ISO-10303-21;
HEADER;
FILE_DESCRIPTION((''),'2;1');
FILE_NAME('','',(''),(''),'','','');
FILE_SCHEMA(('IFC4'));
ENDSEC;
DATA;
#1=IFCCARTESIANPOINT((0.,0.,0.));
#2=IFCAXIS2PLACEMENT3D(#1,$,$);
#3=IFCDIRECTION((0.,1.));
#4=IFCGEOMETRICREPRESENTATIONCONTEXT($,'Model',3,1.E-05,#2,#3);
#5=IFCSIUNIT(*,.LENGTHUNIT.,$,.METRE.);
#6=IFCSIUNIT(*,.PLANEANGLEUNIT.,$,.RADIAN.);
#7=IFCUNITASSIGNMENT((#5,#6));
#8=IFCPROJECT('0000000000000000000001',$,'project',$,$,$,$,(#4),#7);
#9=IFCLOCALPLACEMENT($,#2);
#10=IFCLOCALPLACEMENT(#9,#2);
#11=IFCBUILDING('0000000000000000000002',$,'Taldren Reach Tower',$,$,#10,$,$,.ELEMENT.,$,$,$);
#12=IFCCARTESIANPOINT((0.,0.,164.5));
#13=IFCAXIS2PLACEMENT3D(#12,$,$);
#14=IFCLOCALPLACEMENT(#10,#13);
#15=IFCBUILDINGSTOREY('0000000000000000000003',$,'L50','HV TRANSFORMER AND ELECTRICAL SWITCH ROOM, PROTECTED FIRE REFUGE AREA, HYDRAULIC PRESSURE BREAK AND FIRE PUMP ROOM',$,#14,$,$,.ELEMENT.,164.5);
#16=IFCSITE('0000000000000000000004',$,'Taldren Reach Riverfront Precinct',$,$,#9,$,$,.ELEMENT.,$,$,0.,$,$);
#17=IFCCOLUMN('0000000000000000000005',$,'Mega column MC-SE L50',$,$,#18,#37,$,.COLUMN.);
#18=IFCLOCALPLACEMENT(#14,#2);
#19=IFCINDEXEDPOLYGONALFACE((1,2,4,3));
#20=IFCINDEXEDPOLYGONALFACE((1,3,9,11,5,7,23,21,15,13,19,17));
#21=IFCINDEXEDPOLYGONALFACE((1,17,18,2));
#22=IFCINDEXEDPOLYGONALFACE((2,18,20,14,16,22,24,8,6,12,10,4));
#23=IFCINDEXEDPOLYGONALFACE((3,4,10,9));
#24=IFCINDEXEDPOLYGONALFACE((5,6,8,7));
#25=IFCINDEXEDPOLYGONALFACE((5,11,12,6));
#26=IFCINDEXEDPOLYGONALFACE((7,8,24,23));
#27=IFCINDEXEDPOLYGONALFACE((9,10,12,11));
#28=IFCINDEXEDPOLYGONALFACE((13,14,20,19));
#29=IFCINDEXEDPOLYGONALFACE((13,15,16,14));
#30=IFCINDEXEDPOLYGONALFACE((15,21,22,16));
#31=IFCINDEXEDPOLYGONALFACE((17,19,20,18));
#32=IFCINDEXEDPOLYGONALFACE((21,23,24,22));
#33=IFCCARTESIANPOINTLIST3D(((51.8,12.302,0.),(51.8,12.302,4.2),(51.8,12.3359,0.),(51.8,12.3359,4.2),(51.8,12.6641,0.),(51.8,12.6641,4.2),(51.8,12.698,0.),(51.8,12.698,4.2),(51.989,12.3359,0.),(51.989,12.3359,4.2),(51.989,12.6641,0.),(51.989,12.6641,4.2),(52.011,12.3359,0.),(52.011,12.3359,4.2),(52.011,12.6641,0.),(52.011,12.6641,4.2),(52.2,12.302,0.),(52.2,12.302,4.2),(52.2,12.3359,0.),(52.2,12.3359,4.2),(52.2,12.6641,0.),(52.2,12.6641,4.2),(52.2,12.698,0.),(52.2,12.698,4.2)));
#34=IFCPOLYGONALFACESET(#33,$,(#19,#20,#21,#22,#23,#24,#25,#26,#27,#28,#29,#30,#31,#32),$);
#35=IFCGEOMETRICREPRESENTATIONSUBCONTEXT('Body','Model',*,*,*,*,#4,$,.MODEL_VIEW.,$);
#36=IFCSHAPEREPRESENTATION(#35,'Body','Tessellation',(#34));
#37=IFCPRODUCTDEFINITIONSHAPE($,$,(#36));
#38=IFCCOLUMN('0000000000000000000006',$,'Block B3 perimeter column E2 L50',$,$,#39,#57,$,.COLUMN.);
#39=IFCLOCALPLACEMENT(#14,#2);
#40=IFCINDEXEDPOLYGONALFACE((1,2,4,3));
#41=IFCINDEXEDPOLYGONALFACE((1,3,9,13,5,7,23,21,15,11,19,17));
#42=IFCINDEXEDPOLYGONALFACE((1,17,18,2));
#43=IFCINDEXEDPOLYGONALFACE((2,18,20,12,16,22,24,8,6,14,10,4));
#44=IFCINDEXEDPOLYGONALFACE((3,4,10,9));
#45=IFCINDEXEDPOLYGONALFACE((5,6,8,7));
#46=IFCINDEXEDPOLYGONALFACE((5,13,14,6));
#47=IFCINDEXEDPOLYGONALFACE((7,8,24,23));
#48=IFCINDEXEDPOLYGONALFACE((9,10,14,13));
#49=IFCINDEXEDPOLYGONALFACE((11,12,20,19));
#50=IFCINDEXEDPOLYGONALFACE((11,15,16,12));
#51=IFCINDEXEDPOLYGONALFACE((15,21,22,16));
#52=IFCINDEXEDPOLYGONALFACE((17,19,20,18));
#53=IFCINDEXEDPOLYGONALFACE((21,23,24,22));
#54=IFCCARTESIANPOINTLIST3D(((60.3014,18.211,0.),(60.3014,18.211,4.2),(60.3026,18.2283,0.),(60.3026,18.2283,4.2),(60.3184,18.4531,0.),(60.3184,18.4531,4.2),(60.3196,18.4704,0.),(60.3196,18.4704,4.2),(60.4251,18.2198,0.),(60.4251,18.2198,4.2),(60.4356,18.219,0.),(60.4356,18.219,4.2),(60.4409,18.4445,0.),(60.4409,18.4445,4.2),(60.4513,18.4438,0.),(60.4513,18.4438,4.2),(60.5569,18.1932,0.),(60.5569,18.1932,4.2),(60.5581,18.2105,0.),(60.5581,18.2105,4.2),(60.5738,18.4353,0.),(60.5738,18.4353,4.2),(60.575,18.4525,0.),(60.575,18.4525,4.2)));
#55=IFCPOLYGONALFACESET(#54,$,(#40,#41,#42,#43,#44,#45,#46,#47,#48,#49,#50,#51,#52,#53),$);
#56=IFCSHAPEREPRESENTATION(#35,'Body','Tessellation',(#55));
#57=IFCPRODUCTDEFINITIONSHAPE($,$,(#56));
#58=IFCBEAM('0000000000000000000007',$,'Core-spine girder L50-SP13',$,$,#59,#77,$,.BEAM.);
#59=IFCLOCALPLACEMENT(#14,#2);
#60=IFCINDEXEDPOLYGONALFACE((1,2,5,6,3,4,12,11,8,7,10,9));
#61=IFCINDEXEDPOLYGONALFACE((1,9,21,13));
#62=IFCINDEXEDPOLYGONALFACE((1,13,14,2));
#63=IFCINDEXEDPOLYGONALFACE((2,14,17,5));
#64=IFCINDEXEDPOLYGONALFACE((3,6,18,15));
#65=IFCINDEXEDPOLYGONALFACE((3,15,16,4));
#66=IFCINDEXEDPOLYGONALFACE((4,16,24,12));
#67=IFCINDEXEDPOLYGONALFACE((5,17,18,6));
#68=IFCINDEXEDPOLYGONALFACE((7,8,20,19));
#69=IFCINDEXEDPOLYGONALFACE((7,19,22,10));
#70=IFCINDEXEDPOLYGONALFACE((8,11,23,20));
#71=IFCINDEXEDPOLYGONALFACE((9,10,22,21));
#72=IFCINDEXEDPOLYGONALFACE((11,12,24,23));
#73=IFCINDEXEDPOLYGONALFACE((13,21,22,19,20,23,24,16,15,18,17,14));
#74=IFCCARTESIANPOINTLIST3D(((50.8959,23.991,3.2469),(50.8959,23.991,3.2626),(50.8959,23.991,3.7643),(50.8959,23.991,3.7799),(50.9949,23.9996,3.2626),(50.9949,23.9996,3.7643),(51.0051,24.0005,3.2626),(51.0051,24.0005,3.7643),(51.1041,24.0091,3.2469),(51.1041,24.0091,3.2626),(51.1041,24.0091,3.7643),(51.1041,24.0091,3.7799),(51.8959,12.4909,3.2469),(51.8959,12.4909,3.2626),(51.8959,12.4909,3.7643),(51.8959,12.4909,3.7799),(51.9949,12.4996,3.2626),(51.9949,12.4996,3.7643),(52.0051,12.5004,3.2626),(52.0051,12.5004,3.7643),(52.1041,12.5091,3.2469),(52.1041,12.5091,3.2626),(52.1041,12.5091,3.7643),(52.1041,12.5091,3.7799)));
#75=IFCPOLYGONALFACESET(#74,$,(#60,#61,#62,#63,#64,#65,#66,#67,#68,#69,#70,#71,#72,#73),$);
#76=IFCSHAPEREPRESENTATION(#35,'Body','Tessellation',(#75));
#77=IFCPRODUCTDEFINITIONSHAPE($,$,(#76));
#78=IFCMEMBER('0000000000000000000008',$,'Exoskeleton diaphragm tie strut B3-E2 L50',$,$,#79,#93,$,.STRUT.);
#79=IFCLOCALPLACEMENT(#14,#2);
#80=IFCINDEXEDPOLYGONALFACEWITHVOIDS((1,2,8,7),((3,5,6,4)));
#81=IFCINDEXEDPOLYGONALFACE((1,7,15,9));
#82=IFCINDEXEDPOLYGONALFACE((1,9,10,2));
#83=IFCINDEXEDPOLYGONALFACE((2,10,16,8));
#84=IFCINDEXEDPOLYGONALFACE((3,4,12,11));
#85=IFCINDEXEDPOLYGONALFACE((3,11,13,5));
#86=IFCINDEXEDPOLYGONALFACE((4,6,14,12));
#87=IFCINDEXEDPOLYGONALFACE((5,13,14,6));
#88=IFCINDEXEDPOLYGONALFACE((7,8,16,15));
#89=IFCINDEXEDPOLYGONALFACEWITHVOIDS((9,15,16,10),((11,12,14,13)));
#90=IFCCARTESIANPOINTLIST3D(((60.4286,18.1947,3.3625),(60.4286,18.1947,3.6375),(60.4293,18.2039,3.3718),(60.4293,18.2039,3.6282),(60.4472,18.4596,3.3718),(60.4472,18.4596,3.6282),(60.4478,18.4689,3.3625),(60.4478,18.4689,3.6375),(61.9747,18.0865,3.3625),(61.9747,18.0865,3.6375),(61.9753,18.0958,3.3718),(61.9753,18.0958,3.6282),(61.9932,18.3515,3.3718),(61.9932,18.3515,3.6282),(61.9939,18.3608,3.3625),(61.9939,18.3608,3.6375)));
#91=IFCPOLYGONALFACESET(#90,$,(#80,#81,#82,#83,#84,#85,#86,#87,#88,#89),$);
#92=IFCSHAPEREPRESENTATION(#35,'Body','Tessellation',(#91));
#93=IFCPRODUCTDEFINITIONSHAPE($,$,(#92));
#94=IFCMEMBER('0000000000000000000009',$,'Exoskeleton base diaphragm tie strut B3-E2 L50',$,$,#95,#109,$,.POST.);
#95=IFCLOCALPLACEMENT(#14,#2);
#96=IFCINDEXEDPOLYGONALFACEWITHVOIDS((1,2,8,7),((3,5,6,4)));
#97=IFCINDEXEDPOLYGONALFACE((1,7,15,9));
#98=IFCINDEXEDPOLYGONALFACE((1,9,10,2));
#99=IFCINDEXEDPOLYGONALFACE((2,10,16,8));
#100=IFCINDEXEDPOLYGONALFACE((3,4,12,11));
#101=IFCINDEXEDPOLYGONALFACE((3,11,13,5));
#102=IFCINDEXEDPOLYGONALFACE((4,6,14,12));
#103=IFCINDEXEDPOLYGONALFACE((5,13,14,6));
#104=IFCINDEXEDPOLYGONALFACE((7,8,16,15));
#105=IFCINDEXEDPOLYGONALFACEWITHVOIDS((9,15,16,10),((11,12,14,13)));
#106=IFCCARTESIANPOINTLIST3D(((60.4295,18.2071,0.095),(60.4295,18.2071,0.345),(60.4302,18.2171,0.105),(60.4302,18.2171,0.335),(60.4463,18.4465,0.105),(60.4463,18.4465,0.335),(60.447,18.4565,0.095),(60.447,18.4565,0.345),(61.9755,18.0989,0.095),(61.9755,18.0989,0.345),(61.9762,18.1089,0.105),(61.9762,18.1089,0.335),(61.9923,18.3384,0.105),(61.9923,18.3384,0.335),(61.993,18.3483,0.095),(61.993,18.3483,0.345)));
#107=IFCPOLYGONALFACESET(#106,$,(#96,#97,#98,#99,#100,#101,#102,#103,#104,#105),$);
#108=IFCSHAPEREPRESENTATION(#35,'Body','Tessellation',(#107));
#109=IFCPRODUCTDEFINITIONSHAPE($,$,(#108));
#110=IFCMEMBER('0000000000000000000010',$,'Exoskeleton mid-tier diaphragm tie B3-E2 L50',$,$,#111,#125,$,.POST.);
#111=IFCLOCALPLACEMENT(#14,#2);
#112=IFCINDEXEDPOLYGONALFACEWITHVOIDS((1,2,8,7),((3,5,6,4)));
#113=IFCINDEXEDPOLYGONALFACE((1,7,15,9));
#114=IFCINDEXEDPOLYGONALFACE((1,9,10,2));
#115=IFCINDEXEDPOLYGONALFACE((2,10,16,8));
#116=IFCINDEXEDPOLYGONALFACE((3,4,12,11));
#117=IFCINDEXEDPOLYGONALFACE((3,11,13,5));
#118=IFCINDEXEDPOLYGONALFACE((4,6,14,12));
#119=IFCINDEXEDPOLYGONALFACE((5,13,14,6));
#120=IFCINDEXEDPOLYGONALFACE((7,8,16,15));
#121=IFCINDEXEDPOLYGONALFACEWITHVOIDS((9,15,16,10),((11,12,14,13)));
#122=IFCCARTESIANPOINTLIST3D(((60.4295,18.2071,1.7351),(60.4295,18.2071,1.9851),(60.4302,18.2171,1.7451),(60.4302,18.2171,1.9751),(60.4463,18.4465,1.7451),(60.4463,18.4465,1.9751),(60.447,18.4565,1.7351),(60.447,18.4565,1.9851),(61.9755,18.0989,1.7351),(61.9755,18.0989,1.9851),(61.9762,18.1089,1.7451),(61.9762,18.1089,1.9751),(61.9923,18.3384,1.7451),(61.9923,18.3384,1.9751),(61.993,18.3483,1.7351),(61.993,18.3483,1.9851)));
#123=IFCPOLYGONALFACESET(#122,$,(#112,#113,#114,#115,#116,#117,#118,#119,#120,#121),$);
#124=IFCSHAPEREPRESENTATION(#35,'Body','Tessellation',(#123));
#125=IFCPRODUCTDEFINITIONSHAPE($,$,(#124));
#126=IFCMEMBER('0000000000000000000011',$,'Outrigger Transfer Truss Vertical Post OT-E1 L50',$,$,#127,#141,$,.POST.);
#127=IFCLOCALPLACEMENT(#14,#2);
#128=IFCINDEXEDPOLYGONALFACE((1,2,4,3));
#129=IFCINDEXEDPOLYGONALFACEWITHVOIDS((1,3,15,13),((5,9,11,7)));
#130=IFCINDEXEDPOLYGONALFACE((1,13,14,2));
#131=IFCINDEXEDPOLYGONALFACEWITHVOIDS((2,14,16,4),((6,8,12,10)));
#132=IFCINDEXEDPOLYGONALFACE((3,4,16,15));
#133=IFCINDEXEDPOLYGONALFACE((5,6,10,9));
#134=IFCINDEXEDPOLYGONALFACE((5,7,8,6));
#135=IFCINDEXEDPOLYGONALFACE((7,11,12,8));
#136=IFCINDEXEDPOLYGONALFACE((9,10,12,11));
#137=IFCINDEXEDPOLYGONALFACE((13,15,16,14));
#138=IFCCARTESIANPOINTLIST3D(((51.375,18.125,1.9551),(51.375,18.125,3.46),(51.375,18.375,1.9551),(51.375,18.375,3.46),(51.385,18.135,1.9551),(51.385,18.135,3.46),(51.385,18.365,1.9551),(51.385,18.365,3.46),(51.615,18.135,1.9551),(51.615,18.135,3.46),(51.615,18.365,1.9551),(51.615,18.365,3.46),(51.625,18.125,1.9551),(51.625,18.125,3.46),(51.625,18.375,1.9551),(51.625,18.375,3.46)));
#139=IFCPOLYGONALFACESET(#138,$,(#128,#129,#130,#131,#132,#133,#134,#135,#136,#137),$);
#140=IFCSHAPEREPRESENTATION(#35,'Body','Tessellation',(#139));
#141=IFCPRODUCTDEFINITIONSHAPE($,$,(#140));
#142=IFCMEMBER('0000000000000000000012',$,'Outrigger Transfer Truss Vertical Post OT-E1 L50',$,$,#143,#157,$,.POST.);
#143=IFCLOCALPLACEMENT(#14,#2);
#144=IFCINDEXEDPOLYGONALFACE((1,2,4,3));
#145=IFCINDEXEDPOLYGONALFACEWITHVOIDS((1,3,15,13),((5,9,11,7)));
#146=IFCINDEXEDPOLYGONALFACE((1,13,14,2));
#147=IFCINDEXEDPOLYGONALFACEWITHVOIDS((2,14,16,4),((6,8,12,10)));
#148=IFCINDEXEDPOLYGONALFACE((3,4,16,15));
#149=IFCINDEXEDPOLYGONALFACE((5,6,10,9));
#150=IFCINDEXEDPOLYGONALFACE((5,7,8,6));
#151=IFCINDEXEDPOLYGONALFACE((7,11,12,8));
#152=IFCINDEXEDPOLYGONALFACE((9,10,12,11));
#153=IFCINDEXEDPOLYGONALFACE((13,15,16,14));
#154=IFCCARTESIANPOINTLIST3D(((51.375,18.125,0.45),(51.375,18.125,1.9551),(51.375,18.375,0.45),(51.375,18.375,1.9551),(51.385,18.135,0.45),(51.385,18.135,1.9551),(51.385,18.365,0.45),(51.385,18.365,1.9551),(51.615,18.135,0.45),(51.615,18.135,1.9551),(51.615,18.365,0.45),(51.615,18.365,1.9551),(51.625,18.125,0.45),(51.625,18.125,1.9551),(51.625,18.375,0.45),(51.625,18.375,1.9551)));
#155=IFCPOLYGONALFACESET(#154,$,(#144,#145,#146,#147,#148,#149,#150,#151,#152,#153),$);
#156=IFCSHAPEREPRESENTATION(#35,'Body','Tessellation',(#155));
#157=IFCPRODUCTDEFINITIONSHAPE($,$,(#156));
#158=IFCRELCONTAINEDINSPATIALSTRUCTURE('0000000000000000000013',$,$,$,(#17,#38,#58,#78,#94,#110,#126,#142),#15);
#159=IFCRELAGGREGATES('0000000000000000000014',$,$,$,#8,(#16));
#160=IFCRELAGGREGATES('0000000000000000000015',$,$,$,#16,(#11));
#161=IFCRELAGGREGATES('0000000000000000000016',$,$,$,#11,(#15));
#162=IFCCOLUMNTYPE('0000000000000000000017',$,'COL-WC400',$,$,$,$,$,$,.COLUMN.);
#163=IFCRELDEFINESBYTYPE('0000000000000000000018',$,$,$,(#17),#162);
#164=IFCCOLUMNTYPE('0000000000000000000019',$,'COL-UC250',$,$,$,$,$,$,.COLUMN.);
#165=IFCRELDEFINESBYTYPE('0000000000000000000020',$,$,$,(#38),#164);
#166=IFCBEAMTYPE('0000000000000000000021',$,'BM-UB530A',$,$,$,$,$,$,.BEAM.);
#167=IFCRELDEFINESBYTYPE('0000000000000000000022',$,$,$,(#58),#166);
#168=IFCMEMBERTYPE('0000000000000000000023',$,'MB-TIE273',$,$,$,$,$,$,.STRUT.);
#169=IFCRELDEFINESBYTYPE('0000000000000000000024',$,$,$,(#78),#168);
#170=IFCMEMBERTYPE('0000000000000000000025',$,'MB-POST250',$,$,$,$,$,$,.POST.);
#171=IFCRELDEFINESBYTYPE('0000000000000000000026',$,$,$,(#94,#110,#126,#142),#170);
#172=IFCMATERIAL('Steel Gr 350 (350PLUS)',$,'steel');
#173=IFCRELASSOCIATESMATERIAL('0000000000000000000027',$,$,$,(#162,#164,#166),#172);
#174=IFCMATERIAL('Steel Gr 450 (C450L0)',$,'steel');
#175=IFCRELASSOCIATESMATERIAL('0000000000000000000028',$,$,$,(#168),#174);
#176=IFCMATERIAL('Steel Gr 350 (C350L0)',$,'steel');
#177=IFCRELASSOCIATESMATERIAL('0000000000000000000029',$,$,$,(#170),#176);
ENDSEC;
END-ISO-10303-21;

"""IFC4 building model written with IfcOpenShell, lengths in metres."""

from ifc_helpers import new_model, si_unit, direction, frame, origin, origin_2d, place, context, subcontext, project, spatial, hollow_rectangle, i_section, extrude, source, transform, mapped, material, material_profile, profile_set, type_object, element, save


model = new_model("IFC4")

# Units and contexts
model_context = context("Model", 3, precision=1e-05, world=origin(), true_north=direction((0.0, 1.0)))
body_context = subcontext(model_context, "Body", "Model", "MODEL_VIEW")
ifc_project = project(units=[si_unit("LENGTHUNIT", "METRE"), si_unit("PLANEANGLEUNIT", "RADIAN")], contexts=[model_context])

# Site, building, storey
site_placement = place(None, origin())
site = spatial("IfcSite", under=ifc_project, at=site_placement, Name="Taldren Reach Riverfront Precinct", CompositionType="ELEMENT", RefElevation=0.0)
building_placement = place(site_placement, origin())
building = spatial("IfcBuilding", under=site, at=building_placement, Name="Taldren Reach Tower", CompositionType="ELEMENT")
storey_placement = place(building_placement, frame((0.0, 0.0, 164.5)))
storey = spatial("IfcBuildingStorey", under=building, at=storey_placement, Name="L50", Description="HV TRANSFORMER AND ELECTRICAL SWITCH ROOM, PROTECTED FIRE REFUGE AREA, HYDRAULIC PRESSURE BREAK AND FIRE PUMP ROOM", CompositionType="ELEMENT", Elevation=164.5)

# Columns
ifc_material_1 = material(Name="Steel Gr 350 (350PLUS)", Category="steel")
ifc_material_profile_1 = material_profile(ifc_material_1, i_section(OverallWidth=0.3999, OverallDepth=0.396, WebThickness=0.022, FlangeThickness=0.0339, at=origin_2d()), Name="400WC270")
ifc_profile_set_1 = profile_set([ifc_material_profile_1], Name="Steel Gr 350 (350PLUS)")
column_type_1 = type_object("IfcColumnType", Name="COL-WC400", PredefinedType="COLUMN", material=ifc_profile_set_1)
shared_shape_1 = source(origin(), body_context, "Body", "SweptSolid", [
    extrude(i_section(OverallWidth=0.3999, OverallDepth=0.396, WebThickness=0.022, FlangeThickness=0.0339, at=origin_2d()), origin(), (0.0, 0.0, 1.0), 4.2),
])
column_1_placement = place(storey_placement, frame((52.0, 12.5, 0.0), z_axis=(0.0, 0.0, 1.0), x_axis=(1.0, 0.0, 0.0)))
element("IfcColumn", 1, at=column_1_placement, inside=storey, type_object=column_type_1, Name="Mega column MC-SE L50", PredefinedType="COLUMN", context=body_context, shape_type="MappedRepresentation", body=[
    mapped(shared_shape_1, transform((0.0, 0.0, 0.0), scale=1.0)),
])
ifc_material_profile_2 = material_profile(ifc_material_1, i_section(OverallWidth=0.2561, OverallDepth=0.26, WebThickness=0.0105, FlangeThickness=0.0173, at=origin_2d()), Name="250UC89.5")
ifc_profile_set_2 = profile_set([ifc_material_profile_2], Name="Steel Gr 350 (350PLUS)")
column_type_2 = type_object("IfcColumnType", Name="COL-UC250", PredefinedType="COLUMN", material=ifc_profile_set_2)
shared_shape_2 = source(origin(), body_context, "Body", "SweptSolid", [
    extrude(i_section(OverallWidth=0.2561, OverallDepth=0.26, WebThickness=0.0105, FlangeThickness=0.0173, at=origin_2d()), origin(), (0.0, 0.0, 1.0), 4.2),
])
column_2_placement = place(storey_placement, frame((60.4382, 18.3318, 0.0), z_axis=(0.0, 0.0, 1.0), x_axis=(0.997564, -0.069756, 0.0)))
element("IfcColumn", 2, at=column_2_placement, inside=storey, type_object=column_type_2, Name="Block B3 perimeter column E2 L50", PredefinedType="COLUMN", context=body_context, shape_type="MappedRepresentation", body=[
    mapped(shared_shape_2, transform((0.0, 0.0, 0.0), scale=1.0)),
])

# Beam
ifc_material_profile_3 = material_profile(ifc_material_1, i_section(OverallWidth=0.209, OverallDepth=0.533, WebThickness=0.0103, FlangeThickness=0.0156, at=origin_2d()), Name="530UB92.4")
ifc_profile_set_3 = profile_set([ifc_material_profile_3], Name="Steel Gr 350 (350PLUS)")
beam_type_1 = type_object("IfcBeamType", Name="BM-UB530A", PredefinedType="BEAM", material=ifc_profile_set_3)
shared_shape_3 = source(origin(), body_context, "Body", "SweptSolid", [
    extrude(i_section(OverallWidth=0.209, OverallDepth=0.533, WebThickness=0.0103, FlangeThickness=0.0156, at=origin_2d()), origin(), (0.0, 0.0, 1.0), 11.5435),
])
beam_1_placement = place(storey_placement, frame((52.0, 12.5, 3.5134), z_axis=(-0.08663, 0.996241, 0.0), x_axis=(-0.996241, -0.08663, 0.0)))
element("IfcBeam", 3, at=beam_1_placement, inside=storey, type_object=beam_type_1, Name="Core-spine girder L50-SP13", PredefinedType="BEAM", context=body_context, shape_type="MappedRepresentation", body=[
    mapped(shared_shape_3, transform((0.0, 0.0, 0.0), scale=1.0)),
])

# Members
ifc_material_2 = material(Name="Steel Gr 450 (C450L0)", Category="steel")
ifc_material_profile_4 = material_profile(ifc_material_2, hollow_rectangle(XDim=0.2749, YDim=0.2749, WallThickness=0.0093, at=origin_2d()), Name="275x275x9.3SHS")
ifc_profile_set_4 = profile_set([ifc_material_profile_4], Name="Steel Gr 450 (C450L0)")
member_type_1 = type_object("IfcMemberType", Name="MB-TIE273", PredefinedType="STRUT", material=ifc_profile_set_4)
shared_shape_4 = source(origin(), body_context, "Body", "SweptSolid", [
    extrude(hollow_rectangle(XDim=0.2749, YDim=0.2749, WallThickness=0.0093, at=origin_2d()), origin(), (0.0, 0.0, 1.0), 1.5498),
])
member_1_placement = place(storey_placement, frame((60.4382, 18.3318, 3.5), z_axis=(0.997562, -0.069781, 0.0), x_axis=(0.069781, 0.997562, 0.0)))
element("IfcMember", 4, at=member_1_placement, inside=storey, type_object=member_type_1, Name="Exoskeleton diaphragm tie strut B3-E2 L50", PredefinedType="STRUT", context=body_context, shape_type="MappedRepresentation", body=[
    mapped(shared_shape_4, transform((0.0, 0.0, 0.0), scale=1.0)),
])
ifc_material_3 = material(Name="Steel Gr 350 (C350L0)", Category="steel")
ifc_material_profile_5 = material_profile(ifc_material_3, hollow_rectangle(XDim=0.25, YDim=0.25, WallThickness=0.01, at=origin_2d()), Name="250x250x10.0SHS")
ifc_profile_set_5 = profile_set([ifc_material_profile_5], Name="Steel Gr 350 (C350L0)")
member_type_2 = type_object("IfcMemberType", Name="MB-POST250", PredefinedType="POST", material=ifc_profile_set_5)
shared_shape_5 = source(origin(), body_context, "Body", "SweptSolid", [
    extrude(hollow_rectangle(XDim=0.25, YDim=0.25, WallThickness=0.01, at=origin_2d()), origin(), (0.0, 0.0, 1.0), 1.5498),
])
for number, where, z_axis, x_axis, name in (
    (5, (60.4382, 18.3318, 0.22), (0.997562, -0.069781, 0.0), (0.069781, 0.997562, 0.0), "Exoskeleton base diaphragm tie strut B3-E2 L50"),
    (6, (60.4382, 18.3318, 1.8601), (0.997562, -0.069781, 0.0), (0.069781, 0.997562, 0.0), "Exoskeleton mid-tier diaphragm tie B3-E2 L50"),
):
    element("IfcMember", number, at=place(storey_placement, frame(where, z_axis=z_axis, x_axis=x_axis)), inside=storey, type_object=member_type_2, Name=name, PredefinedType="POST", context=body_context, shape_type="MappedRepresentation", body=[
        mapped(shared_shape_5, transform((0.0, 0.0, 0.0), scale=1.0)),
    ])
shared_shape_6 = source(origin(), body_context, "Body", "SweptSolid", [
    extrude(hollow_rectangle(XDim=0.25, YDim=0.25, WallThickness=0.01, at=origin_2d()), origin(), (0.0, 0.0, 1.0), 1.5049),
])
member_2_placement = place(storey_placement, frame((51.5, 18.25, 1.9551), z_axis=(0.0, 0.0, 1.0), x_axis=(1.0, 0.0, 0.0)))
element("IfcMember", 7, at=member_2_placement, inside=storey, type_object=member_type_2, Name="Outrigger Transfer Truss Vertical Post OT-E1 L50", PredefinedType="POST", context=body_context, shape_type="MappedRepresentation", body=[
    mapped(shared_shape_6, transform((0.0, 0.0, 0.0), scale=1.0)),
])
shared_shape_7 = source(origin(), body_context, "Body", "SweptSolid", [
    extrude(hollow_rectangle(XDim=0.25, YDim=0.25, WallThickness=0.01, at=origin_2d()), origin(), (0.0, 0.0, 1.0), 1.5051),
])
member_3_placement = place(storey_placement, frame((51.5, 18.25, 0.45), z_axis=(0.0, 0.0, 1.0), x_axis=(1.0, 0.0, 0.0)))
element("IfcMember", 8, at=member_3_placement, inside=storey, type_object=member_type_2, Name="Outrigger Transfer Truss Vertical Post OT-E1 L50", PredefinedType="POST", context=body_context, shape_type="MappedRepresentation", body=[
    mapped(shared_shape_7, transform((0.0, 0.0, 0.0), scale=1.0)),
])

save(model, "model.ifc")
